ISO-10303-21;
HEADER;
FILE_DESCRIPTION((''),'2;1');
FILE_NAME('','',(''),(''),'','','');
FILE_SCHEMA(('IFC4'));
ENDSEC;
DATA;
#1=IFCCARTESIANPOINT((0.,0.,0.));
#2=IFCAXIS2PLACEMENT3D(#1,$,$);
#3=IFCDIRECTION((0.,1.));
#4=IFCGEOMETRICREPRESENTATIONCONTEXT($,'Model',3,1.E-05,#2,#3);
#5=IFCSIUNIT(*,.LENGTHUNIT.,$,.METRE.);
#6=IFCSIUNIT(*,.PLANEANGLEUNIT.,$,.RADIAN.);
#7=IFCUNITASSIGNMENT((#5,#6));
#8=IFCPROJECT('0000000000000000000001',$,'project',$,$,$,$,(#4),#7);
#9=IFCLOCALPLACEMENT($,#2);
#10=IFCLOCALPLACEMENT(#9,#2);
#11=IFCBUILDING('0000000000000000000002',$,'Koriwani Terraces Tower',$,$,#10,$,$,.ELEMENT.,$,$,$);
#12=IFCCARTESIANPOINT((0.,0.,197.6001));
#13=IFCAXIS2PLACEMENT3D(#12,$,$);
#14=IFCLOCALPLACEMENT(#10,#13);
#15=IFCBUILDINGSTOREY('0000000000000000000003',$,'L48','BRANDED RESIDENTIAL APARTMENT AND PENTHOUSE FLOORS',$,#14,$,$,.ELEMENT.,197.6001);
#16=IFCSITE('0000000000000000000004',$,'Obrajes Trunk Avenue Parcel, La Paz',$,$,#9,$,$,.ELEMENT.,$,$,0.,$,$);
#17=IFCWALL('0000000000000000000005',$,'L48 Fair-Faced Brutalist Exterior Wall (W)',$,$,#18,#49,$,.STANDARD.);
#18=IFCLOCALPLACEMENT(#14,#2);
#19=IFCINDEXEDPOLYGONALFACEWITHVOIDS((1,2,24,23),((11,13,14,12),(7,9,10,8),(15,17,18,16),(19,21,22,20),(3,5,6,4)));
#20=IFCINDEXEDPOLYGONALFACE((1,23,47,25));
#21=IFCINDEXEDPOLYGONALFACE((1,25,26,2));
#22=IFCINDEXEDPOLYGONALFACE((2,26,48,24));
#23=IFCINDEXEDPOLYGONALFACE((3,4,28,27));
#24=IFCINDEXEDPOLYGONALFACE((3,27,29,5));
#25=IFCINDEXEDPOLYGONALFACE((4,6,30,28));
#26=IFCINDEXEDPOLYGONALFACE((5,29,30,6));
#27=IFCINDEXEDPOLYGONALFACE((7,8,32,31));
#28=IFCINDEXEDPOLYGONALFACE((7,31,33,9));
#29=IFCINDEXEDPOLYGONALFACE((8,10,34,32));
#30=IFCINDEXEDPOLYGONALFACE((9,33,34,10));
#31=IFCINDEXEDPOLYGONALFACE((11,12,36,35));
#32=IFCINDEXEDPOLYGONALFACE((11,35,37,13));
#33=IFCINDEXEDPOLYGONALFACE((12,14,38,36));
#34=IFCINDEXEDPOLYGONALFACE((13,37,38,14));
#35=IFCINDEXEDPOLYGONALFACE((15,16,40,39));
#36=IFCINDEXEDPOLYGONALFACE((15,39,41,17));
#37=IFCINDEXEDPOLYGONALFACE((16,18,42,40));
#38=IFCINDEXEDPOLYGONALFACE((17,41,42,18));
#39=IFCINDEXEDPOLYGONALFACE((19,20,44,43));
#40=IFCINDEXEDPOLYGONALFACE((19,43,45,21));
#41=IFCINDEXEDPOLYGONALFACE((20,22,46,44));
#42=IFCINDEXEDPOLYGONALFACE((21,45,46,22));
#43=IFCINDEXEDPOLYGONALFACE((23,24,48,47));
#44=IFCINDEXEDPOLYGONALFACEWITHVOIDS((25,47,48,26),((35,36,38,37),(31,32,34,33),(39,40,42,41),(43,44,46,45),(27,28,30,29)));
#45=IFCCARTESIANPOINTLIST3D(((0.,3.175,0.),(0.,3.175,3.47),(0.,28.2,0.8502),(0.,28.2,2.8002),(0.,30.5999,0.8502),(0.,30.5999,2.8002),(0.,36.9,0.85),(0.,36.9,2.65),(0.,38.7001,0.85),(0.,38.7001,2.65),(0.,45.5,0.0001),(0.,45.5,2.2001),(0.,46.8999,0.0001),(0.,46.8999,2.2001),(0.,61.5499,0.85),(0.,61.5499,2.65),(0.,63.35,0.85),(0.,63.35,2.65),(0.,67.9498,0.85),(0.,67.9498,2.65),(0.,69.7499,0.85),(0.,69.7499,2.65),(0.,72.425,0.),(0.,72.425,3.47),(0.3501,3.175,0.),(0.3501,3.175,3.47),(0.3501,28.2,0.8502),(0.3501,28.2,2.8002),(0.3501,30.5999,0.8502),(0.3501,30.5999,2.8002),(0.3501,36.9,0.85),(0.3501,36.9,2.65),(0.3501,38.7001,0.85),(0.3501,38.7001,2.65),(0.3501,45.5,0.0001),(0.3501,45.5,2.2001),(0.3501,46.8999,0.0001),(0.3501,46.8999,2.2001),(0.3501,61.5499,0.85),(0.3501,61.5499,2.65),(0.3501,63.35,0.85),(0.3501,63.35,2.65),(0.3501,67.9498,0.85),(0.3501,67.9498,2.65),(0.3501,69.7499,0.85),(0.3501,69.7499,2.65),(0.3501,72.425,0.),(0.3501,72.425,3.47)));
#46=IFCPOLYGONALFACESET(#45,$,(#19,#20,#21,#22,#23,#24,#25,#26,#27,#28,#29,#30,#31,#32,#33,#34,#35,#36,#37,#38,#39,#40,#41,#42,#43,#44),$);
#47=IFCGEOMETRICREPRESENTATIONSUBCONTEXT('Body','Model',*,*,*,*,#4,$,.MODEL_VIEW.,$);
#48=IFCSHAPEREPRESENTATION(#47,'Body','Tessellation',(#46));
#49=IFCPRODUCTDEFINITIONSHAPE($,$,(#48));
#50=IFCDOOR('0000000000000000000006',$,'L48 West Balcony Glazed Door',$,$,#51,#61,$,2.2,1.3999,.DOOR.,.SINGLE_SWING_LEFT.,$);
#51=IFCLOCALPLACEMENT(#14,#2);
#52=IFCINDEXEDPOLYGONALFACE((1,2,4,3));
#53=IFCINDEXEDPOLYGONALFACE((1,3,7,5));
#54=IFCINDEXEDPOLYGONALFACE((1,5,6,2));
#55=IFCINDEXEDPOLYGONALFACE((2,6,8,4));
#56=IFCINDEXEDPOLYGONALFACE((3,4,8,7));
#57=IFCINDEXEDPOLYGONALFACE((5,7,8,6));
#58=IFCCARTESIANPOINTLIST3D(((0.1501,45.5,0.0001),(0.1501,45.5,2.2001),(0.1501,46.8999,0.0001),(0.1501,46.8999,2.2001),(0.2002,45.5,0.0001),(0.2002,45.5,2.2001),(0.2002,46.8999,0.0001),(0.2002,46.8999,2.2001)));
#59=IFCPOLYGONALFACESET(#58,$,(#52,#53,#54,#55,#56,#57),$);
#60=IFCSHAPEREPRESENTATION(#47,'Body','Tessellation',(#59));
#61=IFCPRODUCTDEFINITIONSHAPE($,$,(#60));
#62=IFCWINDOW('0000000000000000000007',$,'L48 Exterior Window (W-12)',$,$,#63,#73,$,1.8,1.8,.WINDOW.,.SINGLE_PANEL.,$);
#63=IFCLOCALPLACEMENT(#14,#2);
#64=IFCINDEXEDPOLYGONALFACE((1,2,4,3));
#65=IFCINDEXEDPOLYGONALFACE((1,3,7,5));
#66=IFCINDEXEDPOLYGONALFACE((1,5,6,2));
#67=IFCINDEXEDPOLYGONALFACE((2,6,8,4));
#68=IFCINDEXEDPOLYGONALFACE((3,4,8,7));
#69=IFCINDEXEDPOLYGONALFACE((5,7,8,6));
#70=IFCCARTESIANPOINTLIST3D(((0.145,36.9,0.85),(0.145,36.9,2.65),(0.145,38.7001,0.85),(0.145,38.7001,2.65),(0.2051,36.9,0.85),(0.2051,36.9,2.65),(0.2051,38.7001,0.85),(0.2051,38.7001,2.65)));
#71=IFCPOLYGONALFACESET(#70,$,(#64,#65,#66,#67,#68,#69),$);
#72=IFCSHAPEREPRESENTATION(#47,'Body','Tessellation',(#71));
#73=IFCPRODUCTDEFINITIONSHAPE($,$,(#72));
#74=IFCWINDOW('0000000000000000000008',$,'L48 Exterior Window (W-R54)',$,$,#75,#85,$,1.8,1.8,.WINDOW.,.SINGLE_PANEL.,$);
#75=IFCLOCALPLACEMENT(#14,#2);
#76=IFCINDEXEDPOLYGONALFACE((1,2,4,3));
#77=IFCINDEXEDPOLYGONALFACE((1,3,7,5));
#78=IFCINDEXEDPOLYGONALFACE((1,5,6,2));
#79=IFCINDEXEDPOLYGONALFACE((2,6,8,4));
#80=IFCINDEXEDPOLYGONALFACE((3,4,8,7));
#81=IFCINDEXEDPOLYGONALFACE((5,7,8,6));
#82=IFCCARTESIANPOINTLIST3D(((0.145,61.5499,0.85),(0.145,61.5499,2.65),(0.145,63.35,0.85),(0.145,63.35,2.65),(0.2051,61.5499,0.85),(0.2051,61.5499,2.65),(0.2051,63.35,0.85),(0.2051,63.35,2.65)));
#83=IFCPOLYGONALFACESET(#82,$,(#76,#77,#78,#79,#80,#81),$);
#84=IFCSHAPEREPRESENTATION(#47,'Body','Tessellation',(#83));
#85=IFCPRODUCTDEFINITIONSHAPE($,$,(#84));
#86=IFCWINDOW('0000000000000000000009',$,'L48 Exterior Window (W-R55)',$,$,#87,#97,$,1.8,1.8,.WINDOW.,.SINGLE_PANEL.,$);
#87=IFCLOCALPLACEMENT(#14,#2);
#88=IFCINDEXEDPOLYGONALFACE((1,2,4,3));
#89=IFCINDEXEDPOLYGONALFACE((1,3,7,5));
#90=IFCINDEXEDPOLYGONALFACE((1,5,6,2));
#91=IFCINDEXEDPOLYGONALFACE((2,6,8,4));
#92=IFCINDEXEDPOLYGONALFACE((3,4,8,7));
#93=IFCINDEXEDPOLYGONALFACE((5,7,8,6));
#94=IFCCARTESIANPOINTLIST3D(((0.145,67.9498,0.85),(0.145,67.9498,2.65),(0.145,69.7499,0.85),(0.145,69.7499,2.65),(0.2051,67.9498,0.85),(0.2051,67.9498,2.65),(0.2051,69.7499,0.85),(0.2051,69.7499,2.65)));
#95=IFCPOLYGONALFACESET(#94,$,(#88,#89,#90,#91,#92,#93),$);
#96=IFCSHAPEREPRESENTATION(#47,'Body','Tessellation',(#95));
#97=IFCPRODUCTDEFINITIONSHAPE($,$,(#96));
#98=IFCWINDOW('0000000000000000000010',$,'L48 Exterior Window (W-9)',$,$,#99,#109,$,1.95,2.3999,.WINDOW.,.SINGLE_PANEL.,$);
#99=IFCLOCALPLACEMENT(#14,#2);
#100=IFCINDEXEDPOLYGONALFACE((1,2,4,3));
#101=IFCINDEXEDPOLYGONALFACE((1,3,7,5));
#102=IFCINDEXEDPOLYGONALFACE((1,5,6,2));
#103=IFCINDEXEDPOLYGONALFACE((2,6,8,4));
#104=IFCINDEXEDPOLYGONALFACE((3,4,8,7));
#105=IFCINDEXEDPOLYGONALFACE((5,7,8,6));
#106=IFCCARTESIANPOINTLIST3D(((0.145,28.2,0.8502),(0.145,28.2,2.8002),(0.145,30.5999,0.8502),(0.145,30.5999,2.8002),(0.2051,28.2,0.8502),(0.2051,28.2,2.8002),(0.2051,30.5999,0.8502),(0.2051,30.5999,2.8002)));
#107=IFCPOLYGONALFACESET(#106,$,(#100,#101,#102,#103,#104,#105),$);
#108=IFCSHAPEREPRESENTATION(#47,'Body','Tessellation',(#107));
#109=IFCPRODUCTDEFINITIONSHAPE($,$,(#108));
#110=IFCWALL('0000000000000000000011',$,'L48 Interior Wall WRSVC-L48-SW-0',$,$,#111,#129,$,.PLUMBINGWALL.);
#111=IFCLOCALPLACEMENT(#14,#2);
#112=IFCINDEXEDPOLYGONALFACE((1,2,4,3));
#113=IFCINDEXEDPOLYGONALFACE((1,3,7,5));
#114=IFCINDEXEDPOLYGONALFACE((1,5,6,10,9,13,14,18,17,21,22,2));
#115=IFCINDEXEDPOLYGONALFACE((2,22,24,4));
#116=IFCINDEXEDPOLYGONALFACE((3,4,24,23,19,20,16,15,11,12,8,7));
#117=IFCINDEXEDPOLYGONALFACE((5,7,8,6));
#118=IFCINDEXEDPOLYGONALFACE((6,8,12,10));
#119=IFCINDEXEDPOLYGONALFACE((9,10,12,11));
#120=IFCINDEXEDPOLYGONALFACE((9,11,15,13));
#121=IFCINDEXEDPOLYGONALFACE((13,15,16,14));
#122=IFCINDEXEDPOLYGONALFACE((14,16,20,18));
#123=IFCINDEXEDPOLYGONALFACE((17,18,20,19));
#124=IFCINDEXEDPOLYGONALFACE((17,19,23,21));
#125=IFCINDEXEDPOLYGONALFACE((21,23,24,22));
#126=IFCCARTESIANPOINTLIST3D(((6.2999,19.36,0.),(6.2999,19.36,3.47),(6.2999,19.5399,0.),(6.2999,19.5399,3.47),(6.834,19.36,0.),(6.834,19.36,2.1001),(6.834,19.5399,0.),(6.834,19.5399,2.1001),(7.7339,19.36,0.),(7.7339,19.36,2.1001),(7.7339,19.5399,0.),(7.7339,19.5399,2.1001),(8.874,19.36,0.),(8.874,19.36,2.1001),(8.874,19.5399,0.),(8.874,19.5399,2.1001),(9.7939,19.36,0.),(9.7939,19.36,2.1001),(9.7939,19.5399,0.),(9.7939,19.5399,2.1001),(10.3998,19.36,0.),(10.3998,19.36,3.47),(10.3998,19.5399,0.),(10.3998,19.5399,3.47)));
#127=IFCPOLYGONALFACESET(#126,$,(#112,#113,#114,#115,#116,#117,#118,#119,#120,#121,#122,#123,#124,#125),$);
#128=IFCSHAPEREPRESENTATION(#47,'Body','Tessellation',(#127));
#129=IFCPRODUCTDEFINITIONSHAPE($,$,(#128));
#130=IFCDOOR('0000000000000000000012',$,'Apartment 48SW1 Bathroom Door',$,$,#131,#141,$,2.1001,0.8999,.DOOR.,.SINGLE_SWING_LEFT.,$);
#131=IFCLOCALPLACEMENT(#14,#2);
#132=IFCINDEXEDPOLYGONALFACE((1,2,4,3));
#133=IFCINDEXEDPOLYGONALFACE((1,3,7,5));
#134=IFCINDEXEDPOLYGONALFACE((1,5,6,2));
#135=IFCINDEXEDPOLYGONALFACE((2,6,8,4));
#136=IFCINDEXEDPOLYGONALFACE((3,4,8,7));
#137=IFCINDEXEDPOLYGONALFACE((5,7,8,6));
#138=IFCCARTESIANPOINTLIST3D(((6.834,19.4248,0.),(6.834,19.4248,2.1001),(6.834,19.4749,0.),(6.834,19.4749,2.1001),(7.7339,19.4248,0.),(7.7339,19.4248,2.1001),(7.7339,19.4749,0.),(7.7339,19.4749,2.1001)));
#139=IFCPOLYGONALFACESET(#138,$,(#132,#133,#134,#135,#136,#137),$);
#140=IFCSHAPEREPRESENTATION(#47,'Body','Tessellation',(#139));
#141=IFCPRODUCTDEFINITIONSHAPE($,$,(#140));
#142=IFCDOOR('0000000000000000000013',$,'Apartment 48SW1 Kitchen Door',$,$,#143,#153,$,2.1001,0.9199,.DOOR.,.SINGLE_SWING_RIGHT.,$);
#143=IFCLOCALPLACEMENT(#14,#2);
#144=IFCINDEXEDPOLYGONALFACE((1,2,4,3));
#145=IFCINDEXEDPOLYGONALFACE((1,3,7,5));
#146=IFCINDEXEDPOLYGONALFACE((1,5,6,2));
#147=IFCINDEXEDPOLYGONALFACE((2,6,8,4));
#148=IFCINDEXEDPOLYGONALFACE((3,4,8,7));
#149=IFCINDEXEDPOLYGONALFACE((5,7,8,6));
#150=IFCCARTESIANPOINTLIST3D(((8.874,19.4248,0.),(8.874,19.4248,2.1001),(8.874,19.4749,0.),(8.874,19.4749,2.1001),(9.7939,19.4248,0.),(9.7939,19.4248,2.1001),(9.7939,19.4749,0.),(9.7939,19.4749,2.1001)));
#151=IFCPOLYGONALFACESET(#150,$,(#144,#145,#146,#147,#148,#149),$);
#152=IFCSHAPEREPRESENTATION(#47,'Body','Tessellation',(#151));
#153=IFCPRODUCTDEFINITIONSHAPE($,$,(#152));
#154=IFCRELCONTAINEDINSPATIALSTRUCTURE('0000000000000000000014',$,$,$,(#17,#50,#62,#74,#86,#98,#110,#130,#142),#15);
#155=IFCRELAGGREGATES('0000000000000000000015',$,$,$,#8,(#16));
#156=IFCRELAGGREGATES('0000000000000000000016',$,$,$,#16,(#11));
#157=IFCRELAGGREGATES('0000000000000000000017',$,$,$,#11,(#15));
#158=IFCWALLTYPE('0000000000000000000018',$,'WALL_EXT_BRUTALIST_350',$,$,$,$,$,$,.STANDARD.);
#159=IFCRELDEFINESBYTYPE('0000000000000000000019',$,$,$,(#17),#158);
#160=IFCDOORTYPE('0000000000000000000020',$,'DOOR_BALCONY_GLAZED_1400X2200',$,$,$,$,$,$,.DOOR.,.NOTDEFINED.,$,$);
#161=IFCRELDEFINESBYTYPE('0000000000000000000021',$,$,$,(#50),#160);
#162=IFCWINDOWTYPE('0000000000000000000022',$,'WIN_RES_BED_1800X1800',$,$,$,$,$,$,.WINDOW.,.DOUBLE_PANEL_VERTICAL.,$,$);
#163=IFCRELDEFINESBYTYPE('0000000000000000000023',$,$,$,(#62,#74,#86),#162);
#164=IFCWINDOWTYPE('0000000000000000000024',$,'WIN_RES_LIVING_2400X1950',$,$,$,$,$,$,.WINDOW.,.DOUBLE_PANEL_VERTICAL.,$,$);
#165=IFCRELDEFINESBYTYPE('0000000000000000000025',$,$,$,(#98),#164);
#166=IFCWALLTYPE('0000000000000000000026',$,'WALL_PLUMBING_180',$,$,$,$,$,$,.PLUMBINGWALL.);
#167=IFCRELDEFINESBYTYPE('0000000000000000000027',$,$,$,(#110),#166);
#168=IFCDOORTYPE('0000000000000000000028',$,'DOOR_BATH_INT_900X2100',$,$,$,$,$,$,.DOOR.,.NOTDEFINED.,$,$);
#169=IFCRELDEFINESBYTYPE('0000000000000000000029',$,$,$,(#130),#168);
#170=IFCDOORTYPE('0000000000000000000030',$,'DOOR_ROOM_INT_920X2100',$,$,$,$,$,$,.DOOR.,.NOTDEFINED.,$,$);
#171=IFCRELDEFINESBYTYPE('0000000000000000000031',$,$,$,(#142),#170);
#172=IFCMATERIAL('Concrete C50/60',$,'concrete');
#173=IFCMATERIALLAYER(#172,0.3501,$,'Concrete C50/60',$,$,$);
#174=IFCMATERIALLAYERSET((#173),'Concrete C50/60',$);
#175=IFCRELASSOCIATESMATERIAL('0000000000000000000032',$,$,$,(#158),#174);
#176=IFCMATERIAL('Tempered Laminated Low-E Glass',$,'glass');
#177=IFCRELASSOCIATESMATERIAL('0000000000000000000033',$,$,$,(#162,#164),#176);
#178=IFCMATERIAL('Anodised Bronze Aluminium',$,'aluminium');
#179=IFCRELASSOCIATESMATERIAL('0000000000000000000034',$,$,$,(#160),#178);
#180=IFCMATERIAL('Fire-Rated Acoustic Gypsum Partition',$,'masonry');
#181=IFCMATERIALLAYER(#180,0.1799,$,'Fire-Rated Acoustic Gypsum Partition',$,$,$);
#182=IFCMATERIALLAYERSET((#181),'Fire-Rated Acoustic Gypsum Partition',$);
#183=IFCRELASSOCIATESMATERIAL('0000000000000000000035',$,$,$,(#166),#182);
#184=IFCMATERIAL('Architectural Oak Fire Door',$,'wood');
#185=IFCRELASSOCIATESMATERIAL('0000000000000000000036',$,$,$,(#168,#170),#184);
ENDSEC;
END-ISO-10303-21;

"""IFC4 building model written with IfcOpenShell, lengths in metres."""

from ifc_helpers import new_model, si_unit, direction, frame, frame_2d, origin, place, context, subcontext, project, spatial, rectangle, extrude, material, layer, layer_set, type_object, element, fill, save


model = new_model("IFC4")

# Units and contexts
model_context = context("Model", 3, precision=1e-05, world=origin(), true_north=direction((0.0, 1.0)))
body_context = subcontext(model_context, "Body", "Model", "MODEL_VIEW")
ifc_project = project(units=[si_unit("LENGTHUNIT", "METRE"), si_unit("PLANEANGLEUNIT", "RADIAN")], contexts=[model_context])

# Site, building, storey
site_placement = place(None, origin())
site = spatial("IfcSite", under=ifc_project, at=site_placement, Name="Obrajes Trunk Avenue Parcel, La Paz", CompositionType="ELEMENT", RefElevation=0.0)
building_placement = place(site_placement, origin())
building = spatial("IfcBuilding", under=site, at=building_placement, Name="Koriwani Terraces Tower", CompositionType="ELEMENT")
storey_placement = place(building_placement, frame((0.0, 0.0, 197.6001)))
storey = spatial("IfcBuildingStorey", under=building, at=storey_placement, Name="L48", Description="BRANDED RESIDENTIAL APARTMENT AND PENTHOUSE FLOORS", CompositionType="ELEMENT", Elevation=197.6001)

# Shared definitions
ifc_material_1 = material(Name="Concrete C50/60", Category="concrete")

# Shared definitions
ifc_layer_1 = layer(ifc_material_1, 0.3501, Name="Concrete C50/60")
ifc_layer_set_1 = layer_set([ifc_layer_1], Name="Concrete C50/60")
wall_type_1 = type_object("IfcWallType", Name="WALL_EXT_BRUTALIST_350", PredefinedType="STANDARD", material=ifc_layer_set_1)
ifc_material_2 = material(Name="Tempered Laminated Low-E Glass", Category="glass")
window_type_1 = type_object("IfcWindowType", Name="WIN_RES_BED_1800X1800", PartitioningType="DOUBLE_PANEL_VERTICAL", PredefinedType="WINDOW", material=ifc_material_2)

# Wall, openings, door, windows
wall_1_placement = place(storey_placement, frame((0.175, 3.175, 0.0), z_axis=(0.0, 0.0, 1.0), x_axis=(0.0, 1.0, 0.0)))
wall_1 = element("IfcWall", 1, at=wall_1_placement, inside=storey, type_object=wall_type_1, Name="L48 Fair-Faced Brutalist Exterior Wall (W)", PredefinedType="STANDARD", context=body_context, shape_type="SweptSolid", body=[
    extrude(rectangle(XDim=69.25, YDim=0.3501, at=frame_2d((34.625, 0.0))), origin(), (0.0, 0.0, 1.0), 3.47),
])
opening_1_placement = place(wall_1_placement, frame((42.325, 0.0, 0.0)))
opening_1 = element("IfcOpeningElement", 2, at=opening_1_placement, cuts=wall_1, PredefinedType="OPENING", context=body_context, shape_type="SweptSolid", body=[
    extrude(rectangle(XDim=1.3999, YDim=2.2, at=frame_2d((0.7, 1.1001))), frame((0.0, 0.1851, 0.0), z_axis=(0.0, -1.0, 0.0), x_axis=(1.0, 0.0, 0.0)), (0.0, 0.0, 1.0), 0.3701),
])
opening_2_placement = place(wall_1_placement, frame((25.0249, 0.0, 0.8501)))
opening_2 = element("IfcOpeningElement", 3, at=opening_2_placement, cuts=wall_1, PredefinedType="OPENING", context=body_context, shape_type="SweptSolid", body=[
    extrude(rectangle(XDim=2.3999, YDim=1.95, at=frame_2d((1.2, 0.9751))), frame((0.0, 0.1851, 0.0), z_axis=(0.0, -1.0, 0.0), x_axis=(1.0, 0.0, 0.0)), (0.0, 0.0, 1.0), 0.3701),
])
opening_3_placement = place(wall_1_placement, frame((33.7251, 0.0, 0.8501)))
opening_3 = element("IfcOpeningElement", 4, at=opening_3_placement, cuts=wall_1, PredefinedType="OPENING", context=body_context, shape_type="SweptSolid", body=[
    extrude(rectangle(XDim=1.8, YDim=1.8, at=frame_2d((0.8999, 0.8999))), frame((0.0, 0.1851, 0.0), z_axis=(0.0, -1.0, 0.0), x_axis=(1.0, 0.0, 0.0)), (0.0, 0.0, 1.0), 0.3701),
])
opening_4_placement = place(wall_1_placement, frame((58.375, 0.0, 0.8501)))
opening_4 = element("IfcOpeningElement", 5, at=opening_4_placement, cuts=wall_1, PredefinedType="OPENING", context=body_context, shape_type="SweptSolid", body=[
    extrude(rectangle(XDim=1.8, YDim=1.8, at=frame_2d((0.8999, 0.8999))), frame((0.0, 0.1851, 0.0), z_axis=(0.0, -1.0, 0.0), x_axis=(1.0, 0.0, 0.0)), (0.0, 0.0, 1.0), 0.3701),
])
opening_5_placement = place(wall_1_placement, frame((64.7749, 0.0, 0.8501)))
opening_5 = element("IfcOpeningElement", 6, at=opening_5_placement, cuts=wall_1, PredefinedType="OPENING", context=body_context, shape_type="SweptSolid", body=[
    extrude(rectangle(XDim=1.8, YDim=1.8, at=frame_2d((0.8999, 0.8999))), frame((0.0, 0.1851, 0.0), z_axis=(0.0, -1.0, 0.0), x_axis=(1.0, 0.0, 0.0)), (0.0, 0.0, 1.0), 0.3701),
])
ifc_material_3 = material(Name="Anodised Bronze Aluminium", Category="aluminium")
door_type_1 = type_object("IfcDoorType", Name="DOOR_BALCONY_GLAZED_1400X2200", OperationType="NOTDEFINED", PredefinedType="DOOR", material=ifc_material_3)
door_1_placement = place(opening_1_placement, origin())
door_1 = element("IfcDoor", 7, at=door_1_placement, inside=storey, type_object=door_type_1, Name="L48 West Balcony Glazed Door", OperationType="SINGLE_SWING_LEFT", OverallHeight=2.2, OverallWidth=1.3999, PredefinedType="DOOR", context=body_context, shape_type="SweptSolid", body=[
    extrude(rectangle(XDim=1.3999, YDim=2.2, at=frame_2d((0.7, 1.1001))), frame((0.0, 0.0249, 0.0), z_axis=(0.0, -1.0, 0.0), x_axis=(1.0, 0.0, 0.0)), (0.0, 0.0, 1.0), 0.05),
])
fill(opening_1, door_1)
window_1_placement = place(opening_3_placement, origin())
window_1 = element("IfcWindow", 8, at=window_1_placement, inside=storey, type_object=window_type_1, Name="L48 Exterior Window (W-12)", OverallHeight=1.8, OverallWidth=1.8, PartitioningType="SINGLE_PANEL", PredefinedType="WINDOW", context=body_context, shape_type="SweptSolid", body=[
    extrude(rectangle(XDim=1.8, YDim=1.8, at=frame_2d((0.8999, 0.8999))), frame((0.0, 0.03, 0.0), z_axis=(0.0, -1.0, 0.0), x_axis=(1.0, 0.0, 0.0)), (0.0, 0.0, 1.0), 0.0601),
])
fill(opening_3, window_1)
window_2_placement = place(opening_4_placement, origin())
window_2 = element("IfcWindow", 9, at=window_2_placement, inside=storey, type_object=window_type_1, Name="L48 Exterior Window (W-R54)", OverallHeight=1.8, OverallWidth=1.8, PartitioningType="SINGLE_PANEL", PredefinedType="WINDOW", context=body_context, shape_type="SweptSolid", body=[
    extrude(rectangle(XDim=1.8, YDim=1.8, at=frame_2d((0.8999, 0.8999))), frame((0.0, 0.03, 0.0), z_axis=(0.0, -1.0, 0.0), x_axis=(1.0, 0.0, 0.0)), (0.0, 0.0, 1.0), 0.0601),
])
fill(opening_4, window_2)
window_3_placement = place(opening_5_placement, origin())
window_3 = element("IfcWindow", 10, at=window_3_placement, inside=storey, type_object=window_type_1, Name="L48 Exterior Window (W-R55)", OverallHeight=1.8, OverallWidth=1.8, PartitioningType="SINGLE_PANEL", PredefinedType="WINDOW", context=body_context, shape_type="SweptSolid", body=[
    extrude(rectangle(XDim=1.8, YDim=1.8, at=frame_2d((0.8999, 0.8999))), frame((0.0, 0.03, 0.0), z_axis=(0.0, -1.0, 0.0), x_axis=(1.0, 0.0, 0.0)), (0.0, 0.0, 1.0), 0.0601),
])
fill(opening_5, window_3)
window_type_2 = type_object("IfcWindowType", Name="WIN_RES_LIVING_2400X1950", PartitioningType="DOUBLE_PANEL_VERTICAL", PredefinedType="WINDOW", material=ifc_material_2)
window_4_placement = place(opening_2_placement, origin())
window_4 = element("IfcWindow", 11, at=window_4_placement, inside=storey, type_object=window_type_2, Name="L48 Exterior Window (W-9)", OverallHeight=1.95, OverallWidth=2.3999, PartitioningType="SINGLE_PANEL", PredefinedType="WINDOW", context=body_context, shape_type="SweptSolid", body=[
    extrude(rectangle(XDim=2.3999, YDim=1.95, at=frame_2d((1.2, 0.9751))), frame((0.0, 0.03, 0.0), z_axis=(0.0, -1.0, 0.0), x_axis=(1.0, 0.0, 0.0)), (0.0, 0.0, 1.0), 0.0601),
])
fill(opening_2, window_4)

# Wall, openings, doors
ifc_material_4 = material(Name="Fire-Rated Acoustic Gypsum Partition", Category="masonry")
ifc_layer_2 = layer(ifc_material_4, 0.1799, Name="Fire-Rated Acoustic Gypsum Partition")
ifc_layer_set_2 = layer_set([ifc_layer_2], Name="Fire-Rated Acoustic Gypsum Partition")
wall_type_2 = type_object("IfcWallType", Name="WALL_PLUMBING_180", PredefinedType="PLUMBINGWALL", material=ifc_layer_set_2)
wall_2_placement = place(storey_placement, frame((6.3, 19.45, 0.0), z_axis=(0.0, 0.0, 1.0), x_axis=(1.0, 0.0, 0.0)))
wall_2 = element("IfcWall", 12, at=wall_2_placement, inside=storey, type_object=wall_type_2, Name="L48 Interior Wall WRSVC-L48-SW-0", PredefinedType="PLUMBINGWALL", context=body_context, shape_type="SweptSolid", body=[
    extrude(rectangle(XDim=4.0999, YDim=0.1799, at=frame_2d((2.0498, 0.0))), origin(), (0.0, 0.0, 1.0), 3.47),
])
opening_6_placement = place(wall_2_placement, frame((0.5339, 0.0, 0.0)))
opening_6 = element("IfcOpeningElement", 13, at=opening_6_placement, cuts=wall_2, PredefinedType="OPENING", context=body_context, shape_type="SweptSolid", body=[
    extrude(rectangle(XDim=0.8999, YDim=2.1001, at=frame_2d((0.45, 1.05))), frame((0.0, 0.1001, 0.0), z_axis=(0.0, -1.0, 0.0), x_axis=(1.0, 0.0, 0.0)), (0.0, 0.0, 1.0), 0.2),
])
opening_7_placement = place(wall_2_placement, frame((2.574, 0.0, 0.0)))
opening_7 = element("IfcOpeningElement", 14, at=opening_7_placement, cuts=wall_2, PredefinedType="OPENING", context=body_context, shape_type="SweptSolid", body=[
    extrude(rectangle(XDim=0.9199, YDim=2.1001, at=frame_2d((0.46, 1.05))), frame((0.0, 0.1001, 0.0), z_axis=(0.0, -1.0, 0.0), x_axis=(1.0, 0.0, 0.0)), (0.0, 0.0, 1.0), 0.2),
])
ifc_material_5 = material(Name="Architectural Oak Fire Door", Category="wood")
door_type_2 = type_object("IfcDoorType", Name="DOOR_BATH_INT_900X2100", OperationType="NOTDEFINED", PredefinedType="DOOR", material=ifc_material_5)
door_2_placement = place(opening_6_placement, origin())
door_2 = element("IfcDoor", 15, at=door_2_placement, inside=storey, type_object=door_type_2, Name="Apartment 48SW1 Bathroom Door", OperationType="SINGLE_SWING_LEFT", OverallHeight=2.1001, OverallWidth=0.8999, PredefinedType="DOOR", context=body_context, shape_type="SweptSolid", body=[
    extrude(rectangle(XDim=0.8999, YDim=2.1001, at=frame_2d((0.45, 1.05))), frame((0.0, 0.0249, 0.0), z_axis=(0.0, -1.0, 0.0), x_axis=(1.0, 0.0, 0.0)), (0.0, 0.0, 1.0), 0.05),
])
fill(opening_6, door_2)
door_type_3 = type_object("IfcDoorType", Name="DOOR_ROOM_INT_920X2100", OperationType="NOTDEFINED", PredefinedType="DOOR", material=ifc_material_5)
door_3_placement = place(opening_7_placement, origin())
door_3 = element("IfcDoor", 16, at=door_3_placement, inside=storey, type_object=door_type_3, Name="Apartment 48SW1 Kitchen Door", OperationType="SINGLE_SWING_RIGHT", OverallHeight=2.1001, OverallWidth=0.9199, PredefinedType="DOOR", context=body_context, shape_type="SweptSolid", body=[
    extrude(rectangle(XDim=0.9199, YDim=2.1001, at=frame_2d((0.46, 1.05))), frame((0.0, 0.0249, 0.0), z_axis=(0.0, -1.0, 0.0), x_axis=(1.0, 0.0, 0.0)), (0.0, 0.0, 1.0), 0.05),
])
fill(opening_7, door_3)

save(model, "model.ifc")
